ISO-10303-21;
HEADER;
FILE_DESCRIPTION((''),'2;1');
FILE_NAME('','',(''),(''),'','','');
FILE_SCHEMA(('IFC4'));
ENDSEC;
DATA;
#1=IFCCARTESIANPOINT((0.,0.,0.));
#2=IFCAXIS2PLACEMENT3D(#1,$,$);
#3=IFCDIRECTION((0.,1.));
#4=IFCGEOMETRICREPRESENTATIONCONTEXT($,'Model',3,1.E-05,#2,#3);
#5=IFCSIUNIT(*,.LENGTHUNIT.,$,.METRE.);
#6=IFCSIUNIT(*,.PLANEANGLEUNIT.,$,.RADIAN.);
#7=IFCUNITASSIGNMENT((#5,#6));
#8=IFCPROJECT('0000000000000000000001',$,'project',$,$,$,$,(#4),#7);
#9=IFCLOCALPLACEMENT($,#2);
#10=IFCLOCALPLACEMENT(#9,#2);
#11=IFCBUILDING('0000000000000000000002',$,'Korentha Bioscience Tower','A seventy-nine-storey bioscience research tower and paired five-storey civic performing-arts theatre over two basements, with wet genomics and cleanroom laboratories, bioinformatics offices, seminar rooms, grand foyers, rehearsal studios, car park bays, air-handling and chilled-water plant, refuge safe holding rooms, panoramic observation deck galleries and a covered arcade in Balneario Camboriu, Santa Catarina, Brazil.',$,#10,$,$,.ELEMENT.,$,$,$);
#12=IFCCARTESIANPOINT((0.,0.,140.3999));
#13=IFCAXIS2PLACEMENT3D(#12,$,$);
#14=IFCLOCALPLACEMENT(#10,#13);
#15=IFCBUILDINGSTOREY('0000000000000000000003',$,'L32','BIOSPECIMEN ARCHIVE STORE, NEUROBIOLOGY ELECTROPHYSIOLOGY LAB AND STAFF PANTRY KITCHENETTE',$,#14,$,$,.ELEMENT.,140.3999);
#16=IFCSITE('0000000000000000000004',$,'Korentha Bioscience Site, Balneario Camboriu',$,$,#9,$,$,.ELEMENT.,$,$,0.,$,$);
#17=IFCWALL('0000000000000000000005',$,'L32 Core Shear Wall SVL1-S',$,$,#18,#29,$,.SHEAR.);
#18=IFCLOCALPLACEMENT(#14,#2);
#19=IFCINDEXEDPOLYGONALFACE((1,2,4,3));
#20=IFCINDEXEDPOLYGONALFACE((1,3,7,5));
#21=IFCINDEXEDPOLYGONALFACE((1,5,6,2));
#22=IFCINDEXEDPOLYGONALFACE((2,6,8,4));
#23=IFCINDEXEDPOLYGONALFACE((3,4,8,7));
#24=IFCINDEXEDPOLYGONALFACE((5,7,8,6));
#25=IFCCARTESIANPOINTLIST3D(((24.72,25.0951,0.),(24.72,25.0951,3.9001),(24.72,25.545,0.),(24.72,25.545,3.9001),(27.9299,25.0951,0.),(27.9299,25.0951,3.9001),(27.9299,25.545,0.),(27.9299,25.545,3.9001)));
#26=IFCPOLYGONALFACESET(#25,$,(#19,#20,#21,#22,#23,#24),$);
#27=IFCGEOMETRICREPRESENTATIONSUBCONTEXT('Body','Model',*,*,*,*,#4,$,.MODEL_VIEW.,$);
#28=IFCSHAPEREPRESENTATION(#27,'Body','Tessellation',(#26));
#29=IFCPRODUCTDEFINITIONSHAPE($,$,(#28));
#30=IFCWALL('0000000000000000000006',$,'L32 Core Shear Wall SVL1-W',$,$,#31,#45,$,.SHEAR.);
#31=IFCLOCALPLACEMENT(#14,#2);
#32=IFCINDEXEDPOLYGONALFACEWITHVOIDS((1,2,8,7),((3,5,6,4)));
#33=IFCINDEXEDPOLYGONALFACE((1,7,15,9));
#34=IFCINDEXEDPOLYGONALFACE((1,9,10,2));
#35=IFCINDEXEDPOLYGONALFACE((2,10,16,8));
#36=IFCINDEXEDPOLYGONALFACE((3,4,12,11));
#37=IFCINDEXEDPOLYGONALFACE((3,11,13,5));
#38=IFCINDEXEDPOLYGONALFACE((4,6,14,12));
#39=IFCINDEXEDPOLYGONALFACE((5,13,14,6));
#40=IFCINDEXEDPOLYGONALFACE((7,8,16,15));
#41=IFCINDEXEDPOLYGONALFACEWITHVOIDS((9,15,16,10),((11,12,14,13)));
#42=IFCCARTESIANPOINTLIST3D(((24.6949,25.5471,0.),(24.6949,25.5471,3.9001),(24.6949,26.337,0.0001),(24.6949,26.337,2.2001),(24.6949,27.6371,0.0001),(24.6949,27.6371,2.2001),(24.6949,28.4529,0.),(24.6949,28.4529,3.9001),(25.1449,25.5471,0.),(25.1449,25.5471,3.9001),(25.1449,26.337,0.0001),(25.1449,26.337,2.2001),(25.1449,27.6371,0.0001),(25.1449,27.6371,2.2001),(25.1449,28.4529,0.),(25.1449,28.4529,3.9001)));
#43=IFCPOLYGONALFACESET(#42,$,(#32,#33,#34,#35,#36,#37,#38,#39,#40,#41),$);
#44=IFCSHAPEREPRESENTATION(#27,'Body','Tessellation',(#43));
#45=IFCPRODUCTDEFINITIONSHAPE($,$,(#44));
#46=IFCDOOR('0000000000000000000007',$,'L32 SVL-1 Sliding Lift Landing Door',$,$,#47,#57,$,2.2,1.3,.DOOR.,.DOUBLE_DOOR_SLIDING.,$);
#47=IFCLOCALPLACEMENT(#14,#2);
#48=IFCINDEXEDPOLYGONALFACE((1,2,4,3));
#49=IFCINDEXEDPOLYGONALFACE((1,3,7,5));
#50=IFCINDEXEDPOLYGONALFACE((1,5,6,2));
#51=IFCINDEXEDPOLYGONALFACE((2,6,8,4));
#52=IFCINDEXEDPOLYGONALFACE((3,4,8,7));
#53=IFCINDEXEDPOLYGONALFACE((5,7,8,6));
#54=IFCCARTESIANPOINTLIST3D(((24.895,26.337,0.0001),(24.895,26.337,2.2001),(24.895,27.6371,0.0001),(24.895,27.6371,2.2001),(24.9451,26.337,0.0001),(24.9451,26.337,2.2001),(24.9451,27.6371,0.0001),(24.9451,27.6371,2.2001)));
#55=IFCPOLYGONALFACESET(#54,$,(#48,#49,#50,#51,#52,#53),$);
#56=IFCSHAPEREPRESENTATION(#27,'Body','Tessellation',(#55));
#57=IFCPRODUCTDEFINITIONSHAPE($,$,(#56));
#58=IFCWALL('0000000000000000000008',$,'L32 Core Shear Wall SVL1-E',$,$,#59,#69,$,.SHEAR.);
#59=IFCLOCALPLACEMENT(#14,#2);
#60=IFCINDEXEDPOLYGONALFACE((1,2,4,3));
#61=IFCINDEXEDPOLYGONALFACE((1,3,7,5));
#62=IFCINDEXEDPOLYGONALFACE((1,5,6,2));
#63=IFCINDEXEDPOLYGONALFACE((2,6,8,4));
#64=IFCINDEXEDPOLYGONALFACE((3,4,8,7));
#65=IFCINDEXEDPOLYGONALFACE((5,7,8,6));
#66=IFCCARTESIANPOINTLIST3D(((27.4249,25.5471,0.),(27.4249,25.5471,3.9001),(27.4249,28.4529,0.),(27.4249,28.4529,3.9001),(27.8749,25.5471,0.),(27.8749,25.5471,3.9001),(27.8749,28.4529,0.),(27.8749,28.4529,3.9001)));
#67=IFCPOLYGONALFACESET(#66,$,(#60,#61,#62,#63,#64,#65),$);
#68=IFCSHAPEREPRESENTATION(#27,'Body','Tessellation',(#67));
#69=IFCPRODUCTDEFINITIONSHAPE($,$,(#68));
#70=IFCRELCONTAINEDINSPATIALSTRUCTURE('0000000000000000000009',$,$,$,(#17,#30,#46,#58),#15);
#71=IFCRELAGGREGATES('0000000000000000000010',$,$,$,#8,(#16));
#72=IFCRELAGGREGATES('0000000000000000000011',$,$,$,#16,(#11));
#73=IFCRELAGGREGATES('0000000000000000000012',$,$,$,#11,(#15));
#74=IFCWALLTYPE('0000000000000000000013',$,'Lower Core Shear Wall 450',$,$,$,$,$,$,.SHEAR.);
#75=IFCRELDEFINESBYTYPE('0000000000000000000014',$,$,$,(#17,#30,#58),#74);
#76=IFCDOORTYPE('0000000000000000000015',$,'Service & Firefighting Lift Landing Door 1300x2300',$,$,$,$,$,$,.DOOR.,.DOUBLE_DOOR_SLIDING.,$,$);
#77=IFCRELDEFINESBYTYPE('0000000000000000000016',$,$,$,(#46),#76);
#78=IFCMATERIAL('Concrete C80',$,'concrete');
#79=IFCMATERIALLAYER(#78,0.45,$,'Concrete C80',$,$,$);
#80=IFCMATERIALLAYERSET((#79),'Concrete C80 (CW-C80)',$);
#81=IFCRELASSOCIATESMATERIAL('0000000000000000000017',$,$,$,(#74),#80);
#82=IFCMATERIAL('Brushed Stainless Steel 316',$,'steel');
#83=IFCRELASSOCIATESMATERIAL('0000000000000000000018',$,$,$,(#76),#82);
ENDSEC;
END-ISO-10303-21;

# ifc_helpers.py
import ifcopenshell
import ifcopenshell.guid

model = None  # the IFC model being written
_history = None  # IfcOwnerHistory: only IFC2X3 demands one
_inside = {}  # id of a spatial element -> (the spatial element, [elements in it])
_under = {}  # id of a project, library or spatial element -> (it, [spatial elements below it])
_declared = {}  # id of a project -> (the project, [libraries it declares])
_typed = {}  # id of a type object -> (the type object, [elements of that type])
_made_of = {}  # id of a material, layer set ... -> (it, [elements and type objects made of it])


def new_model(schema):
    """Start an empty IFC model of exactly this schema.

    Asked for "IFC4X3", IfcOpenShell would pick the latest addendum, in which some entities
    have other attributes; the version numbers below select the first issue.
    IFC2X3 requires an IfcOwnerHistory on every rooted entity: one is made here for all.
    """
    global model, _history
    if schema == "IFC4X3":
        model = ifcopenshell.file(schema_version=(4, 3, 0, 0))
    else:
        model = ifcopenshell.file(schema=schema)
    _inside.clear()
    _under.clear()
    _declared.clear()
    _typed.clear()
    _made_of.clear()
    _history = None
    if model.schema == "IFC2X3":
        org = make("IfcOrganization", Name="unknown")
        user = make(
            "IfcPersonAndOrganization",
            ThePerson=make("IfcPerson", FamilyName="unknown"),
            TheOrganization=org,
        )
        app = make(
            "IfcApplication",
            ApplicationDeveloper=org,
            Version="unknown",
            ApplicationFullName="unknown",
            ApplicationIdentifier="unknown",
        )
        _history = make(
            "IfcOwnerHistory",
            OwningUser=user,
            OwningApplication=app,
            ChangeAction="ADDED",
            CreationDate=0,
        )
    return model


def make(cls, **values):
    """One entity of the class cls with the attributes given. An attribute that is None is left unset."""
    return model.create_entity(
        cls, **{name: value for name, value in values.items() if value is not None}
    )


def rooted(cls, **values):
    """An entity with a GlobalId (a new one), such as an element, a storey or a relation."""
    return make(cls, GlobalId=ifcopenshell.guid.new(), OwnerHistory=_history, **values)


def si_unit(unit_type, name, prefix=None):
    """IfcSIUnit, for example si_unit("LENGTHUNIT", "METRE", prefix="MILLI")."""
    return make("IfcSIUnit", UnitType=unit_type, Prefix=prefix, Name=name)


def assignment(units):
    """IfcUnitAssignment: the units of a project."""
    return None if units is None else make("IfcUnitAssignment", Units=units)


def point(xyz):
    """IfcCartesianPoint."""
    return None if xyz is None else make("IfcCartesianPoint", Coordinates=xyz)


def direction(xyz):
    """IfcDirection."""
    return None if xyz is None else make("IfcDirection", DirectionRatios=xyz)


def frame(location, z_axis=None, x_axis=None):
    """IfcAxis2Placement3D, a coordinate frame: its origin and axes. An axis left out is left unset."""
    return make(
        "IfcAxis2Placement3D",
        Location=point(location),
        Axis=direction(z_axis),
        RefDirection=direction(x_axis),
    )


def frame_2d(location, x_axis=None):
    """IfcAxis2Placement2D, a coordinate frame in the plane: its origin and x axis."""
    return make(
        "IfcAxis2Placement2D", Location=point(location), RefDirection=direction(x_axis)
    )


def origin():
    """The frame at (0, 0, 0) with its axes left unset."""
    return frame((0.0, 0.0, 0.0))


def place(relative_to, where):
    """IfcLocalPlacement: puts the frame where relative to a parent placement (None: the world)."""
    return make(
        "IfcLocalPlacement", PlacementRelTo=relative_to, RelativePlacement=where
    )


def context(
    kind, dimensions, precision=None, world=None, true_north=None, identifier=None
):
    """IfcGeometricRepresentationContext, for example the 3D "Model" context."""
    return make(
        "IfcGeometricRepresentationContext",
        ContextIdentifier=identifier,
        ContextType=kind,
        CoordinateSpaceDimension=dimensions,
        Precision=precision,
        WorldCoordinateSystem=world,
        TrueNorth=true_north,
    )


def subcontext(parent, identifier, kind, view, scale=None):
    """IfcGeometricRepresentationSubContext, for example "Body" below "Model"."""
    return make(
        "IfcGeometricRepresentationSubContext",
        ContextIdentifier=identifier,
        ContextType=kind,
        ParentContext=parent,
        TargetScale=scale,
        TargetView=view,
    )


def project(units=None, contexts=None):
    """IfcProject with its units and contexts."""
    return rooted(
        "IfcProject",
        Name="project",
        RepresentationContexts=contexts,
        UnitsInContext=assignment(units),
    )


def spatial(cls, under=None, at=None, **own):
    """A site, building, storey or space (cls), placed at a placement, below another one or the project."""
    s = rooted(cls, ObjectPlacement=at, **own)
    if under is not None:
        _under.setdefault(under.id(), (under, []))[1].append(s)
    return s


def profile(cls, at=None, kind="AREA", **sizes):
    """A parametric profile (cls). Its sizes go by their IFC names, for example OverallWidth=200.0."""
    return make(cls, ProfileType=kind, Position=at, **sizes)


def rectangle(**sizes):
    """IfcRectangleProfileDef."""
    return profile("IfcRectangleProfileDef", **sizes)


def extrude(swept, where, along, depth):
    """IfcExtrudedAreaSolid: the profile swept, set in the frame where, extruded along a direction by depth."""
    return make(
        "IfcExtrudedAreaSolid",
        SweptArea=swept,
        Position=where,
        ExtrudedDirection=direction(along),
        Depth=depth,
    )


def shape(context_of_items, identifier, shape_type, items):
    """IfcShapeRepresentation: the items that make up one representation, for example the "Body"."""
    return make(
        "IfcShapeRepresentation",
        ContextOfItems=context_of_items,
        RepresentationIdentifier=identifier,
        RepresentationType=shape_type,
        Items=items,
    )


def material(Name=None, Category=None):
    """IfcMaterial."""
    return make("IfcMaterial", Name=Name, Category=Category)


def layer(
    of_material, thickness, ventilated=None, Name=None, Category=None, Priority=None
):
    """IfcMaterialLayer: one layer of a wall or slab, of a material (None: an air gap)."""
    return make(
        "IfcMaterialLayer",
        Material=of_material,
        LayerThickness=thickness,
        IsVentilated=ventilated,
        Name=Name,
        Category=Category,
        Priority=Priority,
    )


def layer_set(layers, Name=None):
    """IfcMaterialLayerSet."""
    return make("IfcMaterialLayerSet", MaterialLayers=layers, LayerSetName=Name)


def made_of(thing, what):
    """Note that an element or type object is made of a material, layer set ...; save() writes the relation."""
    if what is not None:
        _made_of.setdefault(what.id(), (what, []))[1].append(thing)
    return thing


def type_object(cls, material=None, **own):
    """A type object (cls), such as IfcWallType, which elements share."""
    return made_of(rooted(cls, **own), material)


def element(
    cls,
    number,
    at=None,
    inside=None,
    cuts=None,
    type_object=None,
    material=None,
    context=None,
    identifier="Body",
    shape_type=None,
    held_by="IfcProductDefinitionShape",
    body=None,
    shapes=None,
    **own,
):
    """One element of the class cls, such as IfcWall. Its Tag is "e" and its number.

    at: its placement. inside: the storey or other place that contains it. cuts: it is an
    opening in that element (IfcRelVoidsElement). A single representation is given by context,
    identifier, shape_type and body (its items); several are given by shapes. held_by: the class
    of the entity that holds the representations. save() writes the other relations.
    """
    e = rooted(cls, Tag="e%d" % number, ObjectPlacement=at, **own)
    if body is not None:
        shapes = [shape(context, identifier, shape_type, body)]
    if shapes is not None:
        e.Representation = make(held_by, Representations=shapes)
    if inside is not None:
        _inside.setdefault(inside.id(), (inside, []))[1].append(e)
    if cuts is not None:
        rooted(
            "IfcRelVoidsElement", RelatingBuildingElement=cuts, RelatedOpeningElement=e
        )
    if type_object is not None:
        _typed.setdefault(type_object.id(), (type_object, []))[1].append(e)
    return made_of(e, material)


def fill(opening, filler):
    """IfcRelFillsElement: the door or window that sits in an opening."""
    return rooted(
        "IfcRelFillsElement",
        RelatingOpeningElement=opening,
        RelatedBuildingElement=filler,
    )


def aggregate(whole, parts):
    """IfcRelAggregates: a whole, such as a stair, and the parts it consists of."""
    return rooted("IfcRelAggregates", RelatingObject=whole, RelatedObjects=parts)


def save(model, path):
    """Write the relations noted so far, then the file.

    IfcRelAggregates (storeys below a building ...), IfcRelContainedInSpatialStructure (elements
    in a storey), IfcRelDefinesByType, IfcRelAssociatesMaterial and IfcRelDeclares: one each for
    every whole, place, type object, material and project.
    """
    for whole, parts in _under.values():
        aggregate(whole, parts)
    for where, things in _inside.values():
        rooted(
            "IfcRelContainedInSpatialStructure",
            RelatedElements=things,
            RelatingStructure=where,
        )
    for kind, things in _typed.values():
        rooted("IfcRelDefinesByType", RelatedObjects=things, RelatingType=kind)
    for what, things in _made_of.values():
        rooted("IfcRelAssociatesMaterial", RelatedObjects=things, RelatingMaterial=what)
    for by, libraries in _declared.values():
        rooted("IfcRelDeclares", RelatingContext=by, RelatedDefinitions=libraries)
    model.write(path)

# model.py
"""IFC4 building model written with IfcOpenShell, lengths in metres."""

from ifc_helpers import new_model, si_unit, direction, frame, frame_2d, origin, place, context, subcontext, project, spatial, rectangle, extrude, material, layer, layer_set, type_object, element, fill, save


model = new_model("IFC4")

# Units and contexts
model_context = context("Model", 3, precision=1e-05, world=origin(), true_north=direction((0.0, 1.0)))
body_context = subcontext(model_context, "Body", "Model", "MODEL_VIEW")
ifc_project = project(units=[si_unit("LENGTHUNIT", "METRE"), si_unit("PLANEANGLEUNIT", "RADIAN")], contexts=[model_context])

# Site, building, storey
site_placement = place(None, origin())
site = spatial("IfcSite", under=ifc_project, at=site_placement, Name="Korentha Bioscience Site, Balneario Camboriu", CompositionType="ELEMENT", RefElevation=0.0)
building_placement = place(site_placement, origin())
building = spatial("IfcBuilding", under=site, at=building_placement, Name="Korentha Bioscience Tower", Description="A seventy-nine-storey bioscience research tower and paired five-storey civic performing-arts theatre over two basements, with wet genomics and cleanroom laboratories, bioinformatics offices, seminar rooms, grand foyers, rehearsal studios, car park bays, air-handling and chilled-water plant, refuge safe holding rooms, panoramic observation deck galleries and a covered arcade in Balneario Camboriu, Santa Catarina, Brazil.", CompositionType="ELEMENT")
storey_placement = place(building_placement, frame((0.0, 0.0, 140.3999)))
storey = spatial("IfcBuildingStorey", under=building, at=storey_placement, Name="L32", Description="BIOSPECIMEN ARCHIVE STORE, NEUROBIOLOGY ELECTROPHYSIOLOGY LAB AND STAFF PANTRY KITCHENETTE", CompositionType="ELEMENT", Elevation=140.3999)

# Shared definitions
ifc_material_1 = material(Name="Concrete C80", Category="concrete")

# Shared definitions
ifc_layer_1 = layer(ifc_material_1, 0.45, Name="Concrete C80")
ifc_layer_set_1 = layer_set([ifc_layer_1], Name="Concrete C80 (CW-C80)")
wall_type_1 = type_object("IfcWallType", Name="Lower Core Shear Wall 450", PredefinedType="SHEAR", material=ifc_layer_set_1)

# Shared definitions
ifc_material_2 = material(Name="Brushed Stainless Steel 316", Category="steel")
door_type_1 = type_object("IfcDoorType", Name="Service & Firefighting Lift Landing Door 1300x2300", OperationType="DOUBLE_DOOR_SLIDING", PredefinedType="DOOR", material=ifc_material_2)

# Wall
wall_1_placement = place(storey_placement, frame((24.72, 25.3201, 0.0), z_axis=(0.0, 0.0, 1.0), x_axis=(1.0, 0.0, 0.0)))
element("IfcWall", 1, at=wall_1_placement, inside=storey, type_object=wall_type_1, Name="L32 Core Shear Wall SVL1-S", PredefinedType="SHEAR", context=body_context, shape_type="SweptSolid", body=[
    extrude(rectangle(XDim=3.21, YDim=0.45, at=frame_2d((1.605, 0.0))), origin(), (0.0, 0.0, 1.0), 3.9001),
])

# Wall, opening, door
wall_2_placement = place(storey_placement, frame((24.9199, 25.5471, 0.0), z_axis=(0.0, 0.0, 1.0), x_axis=(0.0, 1.0, 0.0)))
wall_2 = element("IfcWall", 2, at=wall_2_placement, inside=storey, type_object=wall_type_1, Name="L32 Core Shear Wall SVL1-W", PredefinedType="SHEAR", context=body_context, shape_type="SweptSolid", body=[
    extrude(rectangle(XDim=2.9058, YDim=0.45, at=frame_2d((1.4529, 0.0))), origin(), (0.0, 0.0, 1.0), 3.9001),
])
opening_1_placement = place(wall_2_placement, frame((0.79, 0.0, 0.0)))
opening_1 = element("IfcOpeningElement", 3, at=opening_1_placement, cuts=wall_2, PredefinedType="OPENING", context=body_context, shape_type="SweptSolid", body=[
    extrude(rectangle(XDim=1.3, YDim=2.2, at=frame_2d((0.6499, 1.1001))), frame((0.0, 0.2397, 0.0), z_axis=(0.0, -1.0, 0.0), x_axis=(1.0, 0.0, 0.0)), (0.0, 0.0, 1.0), 0.4797),
])
door_1_placement = place(opening_1_placement, origin())
door_1 = element("IfcDoor", 4, at=door_1_placement, inside=storey, type_object=door_type_1, Name="L32 SVL-1 Sliding Lift Landing Door", OperationType="DOUBLE_DOOR_SLIDING", OverallHeight=2.2, OverallWidth=1.3, PredefinedType="DOOR", context=body_context, shape_type="SweptSolid", body=[
    extrude(rectangle(XDim=1.3, YDim=2.2, at=frame_2d((0.6499, 1.1001))), frame((0.0, 0.0249, 0.0), z_axis=(0.0, -1.0, 0.0), x_axis=(1.0, 0.0, 0.0)), (0.0, 0.0, 1.0), 0.05),
])
fill(opening_1, door_1)

# Wall
wall_3_placement = place(storey_placement, frame((27.6499, 25.5471, 0.0), z_axis=(0.0, 0.0, 1.0), x_axis=(0.0, 1.0, 0.0)))
element("IfcWall", 5, at=wall_3_placement, inside=storey, type_object=wall_type_1, Name="L32 Core Shear Wall SVL1-E", PredefinedType="SHEAR", context=body_context, shape_type="SweptSolid", body=[
    extrude(rectangle(XDim=2.9058, YDim=0.45, at=frame_2d((1.4529, 0.0))), origin(), (0.0, 0.0, 1.0), 3.9001),
])

save(model, "model.ifc")
